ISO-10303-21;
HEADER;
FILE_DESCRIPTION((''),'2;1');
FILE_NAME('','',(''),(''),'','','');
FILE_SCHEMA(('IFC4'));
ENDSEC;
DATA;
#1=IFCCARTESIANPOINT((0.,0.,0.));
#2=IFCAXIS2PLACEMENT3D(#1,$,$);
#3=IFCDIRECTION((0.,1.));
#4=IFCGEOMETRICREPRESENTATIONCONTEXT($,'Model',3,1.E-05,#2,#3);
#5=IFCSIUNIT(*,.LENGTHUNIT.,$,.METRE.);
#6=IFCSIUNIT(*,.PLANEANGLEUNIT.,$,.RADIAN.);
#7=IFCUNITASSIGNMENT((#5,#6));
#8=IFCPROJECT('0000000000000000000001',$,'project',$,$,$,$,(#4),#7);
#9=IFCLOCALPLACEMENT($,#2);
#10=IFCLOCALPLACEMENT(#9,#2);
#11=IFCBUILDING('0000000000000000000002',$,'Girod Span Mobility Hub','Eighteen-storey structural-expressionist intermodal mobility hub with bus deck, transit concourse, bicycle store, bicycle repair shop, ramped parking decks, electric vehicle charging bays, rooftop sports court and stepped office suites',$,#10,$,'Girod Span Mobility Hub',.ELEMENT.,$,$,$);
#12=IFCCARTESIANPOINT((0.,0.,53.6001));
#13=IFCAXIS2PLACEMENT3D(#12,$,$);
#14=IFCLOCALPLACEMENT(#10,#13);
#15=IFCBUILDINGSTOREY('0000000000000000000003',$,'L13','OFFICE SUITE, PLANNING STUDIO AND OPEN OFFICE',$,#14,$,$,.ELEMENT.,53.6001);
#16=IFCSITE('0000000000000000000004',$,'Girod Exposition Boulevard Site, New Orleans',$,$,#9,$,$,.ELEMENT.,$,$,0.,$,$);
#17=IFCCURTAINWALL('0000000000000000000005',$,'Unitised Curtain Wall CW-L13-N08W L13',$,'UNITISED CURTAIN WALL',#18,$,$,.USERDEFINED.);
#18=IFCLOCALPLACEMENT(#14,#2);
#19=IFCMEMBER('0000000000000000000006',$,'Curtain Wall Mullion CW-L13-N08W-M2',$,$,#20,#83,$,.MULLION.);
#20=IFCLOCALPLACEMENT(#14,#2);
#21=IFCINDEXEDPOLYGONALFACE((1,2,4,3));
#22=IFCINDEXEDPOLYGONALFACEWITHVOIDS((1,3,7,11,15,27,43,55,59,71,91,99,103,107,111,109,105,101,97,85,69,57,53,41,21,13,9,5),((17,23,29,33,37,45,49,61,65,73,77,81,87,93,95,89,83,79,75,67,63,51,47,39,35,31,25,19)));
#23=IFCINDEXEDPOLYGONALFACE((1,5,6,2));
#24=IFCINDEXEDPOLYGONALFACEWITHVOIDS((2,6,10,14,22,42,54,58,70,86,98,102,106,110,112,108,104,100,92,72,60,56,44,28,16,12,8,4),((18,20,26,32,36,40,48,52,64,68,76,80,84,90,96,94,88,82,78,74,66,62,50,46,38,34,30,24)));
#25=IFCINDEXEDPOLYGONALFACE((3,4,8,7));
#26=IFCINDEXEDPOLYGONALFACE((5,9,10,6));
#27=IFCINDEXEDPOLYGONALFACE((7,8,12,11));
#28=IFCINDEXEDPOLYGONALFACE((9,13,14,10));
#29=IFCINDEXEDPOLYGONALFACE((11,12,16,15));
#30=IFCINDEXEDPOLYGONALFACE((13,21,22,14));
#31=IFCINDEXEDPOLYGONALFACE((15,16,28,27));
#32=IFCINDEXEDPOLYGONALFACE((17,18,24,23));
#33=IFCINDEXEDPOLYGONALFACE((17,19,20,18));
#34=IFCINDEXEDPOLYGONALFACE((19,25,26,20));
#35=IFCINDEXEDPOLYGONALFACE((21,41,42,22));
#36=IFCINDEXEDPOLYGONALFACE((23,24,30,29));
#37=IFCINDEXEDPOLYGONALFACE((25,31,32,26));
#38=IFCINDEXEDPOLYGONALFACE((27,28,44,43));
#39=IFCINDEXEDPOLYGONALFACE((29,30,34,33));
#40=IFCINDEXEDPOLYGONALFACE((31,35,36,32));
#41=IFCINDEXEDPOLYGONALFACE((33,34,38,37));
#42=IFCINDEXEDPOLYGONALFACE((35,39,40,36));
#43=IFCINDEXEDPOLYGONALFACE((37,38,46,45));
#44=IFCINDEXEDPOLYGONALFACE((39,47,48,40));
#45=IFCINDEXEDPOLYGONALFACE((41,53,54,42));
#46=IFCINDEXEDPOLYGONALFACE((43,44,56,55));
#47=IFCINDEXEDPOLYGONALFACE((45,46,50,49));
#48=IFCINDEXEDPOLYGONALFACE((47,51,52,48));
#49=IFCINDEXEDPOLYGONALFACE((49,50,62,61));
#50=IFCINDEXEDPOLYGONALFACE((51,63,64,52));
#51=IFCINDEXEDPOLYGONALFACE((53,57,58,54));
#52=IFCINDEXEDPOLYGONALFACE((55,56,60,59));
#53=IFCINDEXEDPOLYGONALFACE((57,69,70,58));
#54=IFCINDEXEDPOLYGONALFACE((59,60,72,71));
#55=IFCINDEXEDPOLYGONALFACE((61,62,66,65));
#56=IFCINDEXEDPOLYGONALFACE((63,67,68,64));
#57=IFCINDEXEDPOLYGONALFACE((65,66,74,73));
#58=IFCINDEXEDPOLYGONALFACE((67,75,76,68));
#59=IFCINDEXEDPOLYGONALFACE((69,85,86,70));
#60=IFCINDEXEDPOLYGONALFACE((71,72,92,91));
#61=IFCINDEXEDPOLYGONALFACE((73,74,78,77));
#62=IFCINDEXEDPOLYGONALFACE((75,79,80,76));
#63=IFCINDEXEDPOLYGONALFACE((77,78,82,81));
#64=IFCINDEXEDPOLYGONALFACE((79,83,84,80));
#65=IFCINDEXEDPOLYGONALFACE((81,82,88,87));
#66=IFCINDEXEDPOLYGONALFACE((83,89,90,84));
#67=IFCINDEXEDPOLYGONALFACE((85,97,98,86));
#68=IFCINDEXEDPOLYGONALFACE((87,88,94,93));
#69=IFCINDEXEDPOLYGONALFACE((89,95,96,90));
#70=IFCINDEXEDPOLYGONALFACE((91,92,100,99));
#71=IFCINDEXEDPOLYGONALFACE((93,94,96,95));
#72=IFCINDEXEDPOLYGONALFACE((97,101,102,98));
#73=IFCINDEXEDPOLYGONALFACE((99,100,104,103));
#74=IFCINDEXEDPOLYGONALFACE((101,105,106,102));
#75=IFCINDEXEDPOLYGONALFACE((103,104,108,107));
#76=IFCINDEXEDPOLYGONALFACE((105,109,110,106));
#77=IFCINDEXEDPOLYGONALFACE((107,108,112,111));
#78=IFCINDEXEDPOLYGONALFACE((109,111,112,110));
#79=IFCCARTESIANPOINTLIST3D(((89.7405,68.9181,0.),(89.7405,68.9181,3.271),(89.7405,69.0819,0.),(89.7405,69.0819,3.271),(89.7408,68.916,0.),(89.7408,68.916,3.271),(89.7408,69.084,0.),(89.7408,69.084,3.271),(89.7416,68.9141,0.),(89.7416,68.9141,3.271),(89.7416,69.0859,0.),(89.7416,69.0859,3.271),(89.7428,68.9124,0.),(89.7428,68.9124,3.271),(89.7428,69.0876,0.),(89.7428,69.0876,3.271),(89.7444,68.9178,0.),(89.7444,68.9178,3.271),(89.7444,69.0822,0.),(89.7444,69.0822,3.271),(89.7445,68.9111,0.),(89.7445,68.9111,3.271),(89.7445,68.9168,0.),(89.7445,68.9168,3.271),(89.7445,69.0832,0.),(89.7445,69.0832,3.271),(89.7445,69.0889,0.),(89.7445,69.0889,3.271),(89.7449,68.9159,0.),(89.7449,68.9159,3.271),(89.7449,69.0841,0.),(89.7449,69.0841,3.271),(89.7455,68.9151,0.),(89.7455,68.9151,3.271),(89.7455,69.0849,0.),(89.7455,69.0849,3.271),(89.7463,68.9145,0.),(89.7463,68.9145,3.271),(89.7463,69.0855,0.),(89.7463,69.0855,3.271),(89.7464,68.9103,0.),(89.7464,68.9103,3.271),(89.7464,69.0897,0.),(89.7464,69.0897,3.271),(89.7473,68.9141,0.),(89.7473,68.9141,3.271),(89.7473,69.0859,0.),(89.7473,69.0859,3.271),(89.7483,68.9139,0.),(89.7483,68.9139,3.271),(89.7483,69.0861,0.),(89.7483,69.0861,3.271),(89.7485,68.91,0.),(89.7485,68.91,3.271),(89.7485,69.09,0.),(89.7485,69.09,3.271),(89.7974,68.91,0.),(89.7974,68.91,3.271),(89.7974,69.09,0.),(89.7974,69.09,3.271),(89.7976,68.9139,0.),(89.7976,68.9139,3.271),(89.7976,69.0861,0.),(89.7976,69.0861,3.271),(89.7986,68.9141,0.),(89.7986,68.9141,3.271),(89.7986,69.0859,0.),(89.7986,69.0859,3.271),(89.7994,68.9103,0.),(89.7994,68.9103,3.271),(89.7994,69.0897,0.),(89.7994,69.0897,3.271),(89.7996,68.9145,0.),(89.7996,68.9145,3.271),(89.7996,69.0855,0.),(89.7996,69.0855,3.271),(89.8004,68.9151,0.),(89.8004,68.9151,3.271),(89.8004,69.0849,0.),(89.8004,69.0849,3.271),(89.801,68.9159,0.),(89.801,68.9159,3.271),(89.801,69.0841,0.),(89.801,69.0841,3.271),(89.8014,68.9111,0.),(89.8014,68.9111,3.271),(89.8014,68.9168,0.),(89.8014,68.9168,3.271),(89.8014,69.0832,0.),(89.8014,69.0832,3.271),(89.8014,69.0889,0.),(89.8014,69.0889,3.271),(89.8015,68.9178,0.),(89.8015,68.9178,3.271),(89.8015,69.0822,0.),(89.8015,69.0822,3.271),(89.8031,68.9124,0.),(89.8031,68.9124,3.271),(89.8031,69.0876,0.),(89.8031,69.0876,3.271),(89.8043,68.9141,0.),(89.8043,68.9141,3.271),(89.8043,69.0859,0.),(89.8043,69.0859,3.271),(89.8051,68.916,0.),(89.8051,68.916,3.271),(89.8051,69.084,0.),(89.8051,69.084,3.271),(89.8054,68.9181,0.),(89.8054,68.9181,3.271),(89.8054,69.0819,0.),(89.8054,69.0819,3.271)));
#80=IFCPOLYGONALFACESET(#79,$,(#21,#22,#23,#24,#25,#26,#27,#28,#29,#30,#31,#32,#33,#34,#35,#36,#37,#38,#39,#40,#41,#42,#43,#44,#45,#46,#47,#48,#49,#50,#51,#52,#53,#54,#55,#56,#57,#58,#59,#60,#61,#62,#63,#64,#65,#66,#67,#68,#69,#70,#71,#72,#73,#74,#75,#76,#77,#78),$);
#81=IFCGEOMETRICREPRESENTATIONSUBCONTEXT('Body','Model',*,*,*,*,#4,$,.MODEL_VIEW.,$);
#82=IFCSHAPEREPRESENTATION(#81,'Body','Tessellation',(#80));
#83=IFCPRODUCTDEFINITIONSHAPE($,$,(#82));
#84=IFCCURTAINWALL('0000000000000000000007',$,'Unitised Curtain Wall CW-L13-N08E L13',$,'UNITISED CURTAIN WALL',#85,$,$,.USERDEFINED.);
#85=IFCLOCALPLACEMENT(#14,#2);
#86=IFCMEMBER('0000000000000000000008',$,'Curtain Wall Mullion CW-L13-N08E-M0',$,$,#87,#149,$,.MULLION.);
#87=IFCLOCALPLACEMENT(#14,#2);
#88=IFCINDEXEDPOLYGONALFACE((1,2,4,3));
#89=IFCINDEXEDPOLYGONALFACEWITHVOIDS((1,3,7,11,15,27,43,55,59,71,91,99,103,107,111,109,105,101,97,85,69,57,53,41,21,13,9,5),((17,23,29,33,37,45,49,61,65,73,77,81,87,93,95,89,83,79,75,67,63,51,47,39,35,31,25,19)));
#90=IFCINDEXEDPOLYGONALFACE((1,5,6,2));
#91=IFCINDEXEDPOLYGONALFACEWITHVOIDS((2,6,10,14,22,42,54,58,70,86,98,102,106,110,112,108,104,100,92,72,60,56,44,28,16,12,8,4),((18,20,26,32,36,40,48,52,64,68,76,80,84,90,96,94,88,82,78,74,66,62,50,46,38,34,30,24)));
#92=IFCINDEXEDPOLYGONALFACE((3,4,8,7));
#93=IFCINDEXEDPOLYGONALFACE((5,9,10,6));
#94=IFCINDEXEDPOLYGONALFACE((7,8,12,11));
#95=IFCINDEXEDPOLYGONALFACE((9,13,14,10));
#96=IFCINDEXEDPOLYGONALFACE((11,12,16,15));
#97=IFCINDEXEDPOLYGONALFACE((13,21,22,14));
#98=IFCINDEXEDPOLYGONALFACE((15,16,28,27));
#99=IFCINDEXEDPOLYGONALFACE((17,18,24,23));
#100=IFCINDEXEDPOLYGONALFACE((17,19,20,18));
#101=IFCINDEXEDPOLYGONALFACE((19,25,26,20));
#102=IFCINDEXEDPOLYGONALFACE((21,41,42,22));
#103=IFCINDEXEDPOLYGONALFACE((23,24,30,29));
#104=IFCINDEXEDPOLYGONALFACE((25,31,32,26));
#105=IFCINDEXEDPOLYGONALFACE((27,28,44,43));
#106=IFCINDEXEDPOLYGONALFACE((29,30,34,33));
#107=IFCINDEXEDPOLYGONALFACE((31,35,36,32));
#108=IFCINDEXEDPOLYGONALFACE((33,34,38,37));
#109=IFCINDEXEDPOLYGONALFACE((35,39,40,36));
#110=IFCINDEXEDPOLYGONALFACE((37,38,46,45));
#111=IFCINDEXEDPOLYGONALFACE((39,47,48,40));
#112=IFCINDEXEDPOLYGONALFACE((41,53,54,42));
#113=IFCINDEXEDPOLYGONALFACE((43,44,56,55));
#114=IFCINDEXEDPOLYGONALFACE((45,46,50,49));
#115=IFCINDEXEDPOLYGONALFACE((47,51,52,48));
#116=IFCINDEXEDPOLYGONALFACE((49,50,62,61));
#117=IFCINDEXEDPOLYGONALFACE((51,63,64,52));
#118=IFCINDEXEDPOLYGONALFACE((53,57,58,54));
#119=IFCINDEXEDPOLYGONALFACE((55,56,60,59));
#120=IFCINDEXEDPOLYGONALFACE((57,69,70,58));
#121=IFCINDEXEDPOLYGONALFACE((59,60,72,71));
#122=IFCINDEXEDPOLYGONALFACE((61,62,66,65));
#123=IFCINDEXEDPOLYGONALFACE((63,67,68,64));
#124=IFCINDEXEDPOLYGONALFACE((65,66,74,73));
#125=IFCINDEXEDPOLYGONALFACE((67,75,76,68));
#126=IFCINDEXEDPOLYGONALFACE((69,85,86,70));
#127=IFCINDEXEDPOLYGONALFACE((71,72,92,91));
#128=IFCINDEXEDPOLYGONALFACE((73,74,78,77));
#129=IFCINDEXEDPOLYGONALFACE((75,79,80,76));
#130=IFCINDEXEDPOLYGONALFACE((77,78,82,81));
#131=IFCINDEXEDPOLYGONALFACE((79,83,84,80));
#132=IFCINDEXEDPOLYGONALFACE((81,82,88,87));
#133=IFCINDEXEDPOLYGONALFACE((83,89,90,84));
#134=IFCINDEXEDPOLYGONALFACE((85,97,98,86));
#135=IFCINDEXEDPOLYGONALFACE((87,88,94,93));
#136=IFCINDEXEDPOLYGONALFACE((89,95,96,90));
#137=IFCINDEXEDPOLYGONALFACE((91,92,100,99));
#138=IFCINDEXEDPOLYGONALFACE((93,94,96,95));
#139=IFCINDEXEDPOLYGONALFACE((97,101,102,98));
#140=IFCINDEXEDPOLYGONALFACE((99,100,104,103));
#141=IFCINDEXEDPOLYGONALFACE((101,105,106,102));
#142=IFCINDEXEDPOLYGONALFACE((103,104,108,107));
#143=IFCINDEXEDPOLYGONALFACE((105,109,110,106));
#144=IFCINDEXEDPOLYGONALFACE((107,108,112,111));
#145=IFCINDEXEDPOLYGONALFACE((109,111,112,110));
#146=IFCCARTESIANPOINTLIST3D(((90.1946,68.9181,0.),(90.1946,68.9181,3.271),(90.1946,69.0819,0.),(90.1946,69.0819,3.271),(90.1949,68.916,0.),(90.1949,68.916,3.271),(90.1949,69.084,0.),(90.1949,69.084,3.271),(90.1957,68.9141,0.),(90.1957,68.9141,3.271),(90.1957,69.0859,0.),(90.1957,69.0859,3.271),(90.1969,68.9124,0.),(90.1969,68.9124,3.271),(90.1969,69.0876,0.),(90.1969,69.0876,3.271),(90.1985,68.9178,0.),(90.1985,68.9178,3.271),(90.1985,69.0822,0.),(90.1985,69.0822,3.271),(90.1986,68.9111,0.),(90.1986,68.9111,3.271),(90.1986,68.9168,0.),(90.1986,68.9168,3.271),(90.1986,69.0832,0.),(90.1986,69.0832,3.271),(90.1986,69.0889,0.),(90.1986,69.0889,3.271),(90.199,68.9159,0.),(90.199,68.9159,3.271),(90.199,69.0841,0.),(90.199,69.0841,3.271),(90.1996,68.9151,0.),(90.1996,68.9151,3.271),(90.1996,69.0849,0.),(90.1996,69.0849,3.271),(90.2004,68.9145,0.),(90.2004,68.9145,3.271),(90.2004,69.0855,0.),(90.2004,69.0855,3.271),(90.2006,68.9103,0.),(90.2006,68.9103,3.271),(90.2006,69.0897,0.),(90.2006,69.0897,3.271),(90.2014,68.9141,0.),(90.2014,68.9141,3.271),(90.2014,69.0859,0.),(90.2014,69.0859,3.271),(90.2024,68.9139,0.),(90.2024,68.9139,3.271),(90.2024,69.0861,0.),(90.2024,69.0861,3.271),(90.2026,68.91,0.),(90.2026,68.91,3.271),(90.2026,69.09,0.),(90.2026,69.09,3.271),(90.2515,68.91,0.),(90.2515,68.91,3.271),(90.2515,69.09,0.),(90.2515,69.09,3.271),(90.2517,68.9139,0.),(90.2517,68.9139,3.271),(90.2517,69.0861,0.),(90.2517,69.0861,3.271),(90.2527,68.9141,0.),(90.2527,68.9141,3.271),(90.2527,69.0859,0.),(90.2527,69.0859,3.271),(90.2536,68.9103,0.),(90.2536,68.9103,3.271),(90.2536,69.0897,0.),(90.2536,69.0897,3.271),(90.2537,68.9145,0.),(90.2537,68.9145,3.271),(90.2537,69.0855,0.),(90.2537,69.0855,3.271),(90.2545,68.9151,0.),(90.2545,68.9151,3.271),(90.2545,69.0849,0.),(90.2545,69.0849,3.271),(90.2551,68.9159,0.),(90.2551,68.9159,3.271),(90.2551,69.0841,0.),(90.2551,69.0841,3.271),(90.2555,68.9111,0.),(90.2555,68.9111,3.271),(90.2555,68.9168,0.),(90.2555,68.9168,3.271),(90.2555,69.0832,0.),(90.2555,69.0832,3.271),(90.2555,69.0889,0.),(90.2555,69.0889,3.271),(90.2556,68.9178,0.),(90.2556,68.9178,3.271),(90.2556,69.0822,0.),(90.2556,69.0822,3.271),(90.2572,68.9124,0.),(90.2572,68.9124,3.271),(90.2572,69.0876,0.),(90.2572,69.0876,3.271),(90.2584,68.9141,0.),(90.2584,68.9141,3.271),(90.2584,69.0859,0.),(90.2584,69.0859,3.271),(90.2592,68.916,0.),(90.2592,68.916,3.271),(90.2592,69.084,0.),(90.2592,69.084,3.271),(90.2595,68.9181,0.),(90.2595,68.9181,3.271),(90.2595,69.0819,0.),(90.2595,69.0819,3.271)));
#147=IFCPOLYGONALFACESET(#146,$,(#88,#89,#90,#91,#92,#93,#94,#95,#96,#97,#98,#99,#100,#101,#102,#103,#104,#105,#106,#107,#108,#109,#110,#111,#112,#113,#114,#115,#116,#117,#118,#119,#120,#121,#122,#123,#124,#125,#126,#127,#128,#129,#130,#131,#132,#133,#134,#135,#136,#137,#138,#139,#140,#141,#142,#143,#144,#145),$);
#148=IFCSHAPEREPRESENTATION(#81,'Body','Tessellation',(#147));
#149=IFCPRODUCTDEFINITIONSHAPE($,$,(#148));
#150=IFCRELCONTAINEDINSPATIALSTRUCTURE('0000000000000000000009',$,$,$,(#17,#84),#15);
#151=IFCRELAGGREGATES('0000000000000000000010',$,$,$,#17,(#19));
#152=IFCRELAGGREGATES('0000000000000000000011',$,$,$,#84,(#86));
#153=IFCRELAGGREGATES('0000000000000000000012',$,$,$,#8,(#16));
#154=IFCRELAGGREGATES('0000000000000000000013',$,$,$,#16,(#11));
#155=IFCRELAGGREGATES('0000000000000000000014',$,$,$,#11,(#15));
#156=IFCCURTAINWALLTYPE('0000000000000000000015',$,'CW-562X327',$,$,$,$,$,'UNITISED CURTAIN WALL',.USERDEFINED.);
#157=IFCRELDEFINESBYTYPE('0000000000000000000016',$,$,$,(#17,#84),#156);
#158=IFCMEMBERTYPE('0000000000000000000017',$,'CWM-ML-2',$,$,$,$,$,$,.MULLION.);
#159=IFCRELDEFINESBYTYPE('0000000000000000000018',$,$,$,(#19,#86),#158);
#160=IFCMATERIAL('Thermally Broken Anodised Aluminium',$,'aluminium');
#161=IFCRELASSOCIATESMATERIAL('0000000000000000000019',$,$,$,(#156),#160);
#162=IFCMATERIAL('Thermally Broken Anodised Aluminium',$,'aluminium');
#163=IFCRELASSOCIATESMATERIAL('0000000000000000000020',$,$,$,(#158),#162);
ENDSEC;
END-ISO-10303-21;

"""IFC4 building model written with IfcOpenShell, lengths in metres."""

from ifc_helpers import new_model, si_unit, direction, frame, origin, origin_2d, place, context, subcontext, project, spatial, hollow_rectangle, extrude, material, material_profile, profile_set, type_object, element, aggregate, save


model = new_model("IFC4")

# Units and contexts
model_context = context("Model", 3, precision=1e-05, world=origin(), true_north=direction((0.0, 1.0)))
body_context = subcontext(model_context, "Body", "Model", "MODEL_VIEW")
ifc_project = project(units=[si_unit("LENGTHUNIT", "METRE"), si_unit("PLANEANGLEUNIT", "RADIAN")], contexts=[model_context])

# Site, building, storey
site_placement = place(None, origin())
site = spatial("IfcSite", under=ifc_project, at=site_placement, Name="Girod Exposition Boulevard Site, New Orleans", CompositionType="ELEMENT", RefElevation=0.0)
building_placement = place(site_placement, origin())
building = spatial("IfcBuilding", under=site, at=building_placement, Name="Girod Span Mobility Hub", Description="Eighteen-storey structural-expressionist intermodal mobility hub with bus deck, transit concourse, bicycle store, bicycle repair shop, ramped parking decks, electric vehicle charging bays, rooftop sports court and stepped office suites", LongName="Girod Span Mobility Hub", CompositionType="ELEMENT")
storey_placement = place(building_placement, frame((0.0, 0.0, 53.6001)))
storey = spatial("IfcBuildingStorey", under=building, at=storey_placement, Name="L13", Description="OFFICE SUITE, PLANNING STUDIO AND OPEN OFFICE", CompositionType="ELEMENT", Elevation=53.6001)

# Curtain wall, member
ifc_material_1 = material(Name="Thermally Broken Anodised Aluminium", Category="aluminium")
curtain_wall_type = type_object("IfcCurtainWallType", Name="CW-562X327", ElementType="UNITISED CURTAIN WALL", PredefinedType="USERDEFINED", material=ifc_material_1)
ifc_material_2 = material(Name="Thermally Broken Anodised Aluminium", Category="aluminium")
ifc_material_profile_1 = material_profile(ifc_material_2, hollow_rectangle(XDim=0.1799, YDim=0.0649, WallThickness=0.0039, InnerFilletRadius=0.0039, OuterFilletRadius=0.0081, at=origin_2d()), Name="CW-ML-65X180")
ifc_profile_set_1 = profile_set([ifc_material_profile_1], Name="Thermally Broken Anodised Aluminium")
member_type_1 = type_object("IfcMemberType", Name="CWM-ML-2", PredefinedType="MULLION", material=ifc_profile_set_1)
curtain_wall_1_placement = place(storey_placement, origin())
curtain_wall_1 = element("IfcCurtainWall", 1, at=curtain_wall_1_placement, inside=storey, type_object=curtain_wall_type, Name="Unitised Curtain Wall CW-L13-N08W L13", ObjectType="UNITISED CURTAIN WALL", PredefinedType="USERDEFINED")
member_1_placement = place(storey_placement, frame((89.7729, 69.0, 0.0), z_axis=(0.0, 0.0, 1.0), x_axis=(0.0, 1.0, 0.0)))
member_1 = element("IfcMember", 2, at=member_1_placement, type_object=member_type_1, Name="Curtain Wall Mullion CW-L13-N08W-M2", PredefinedType="MULLION", context=body_context, shape_type="SweptSolid", body=[
    extrude(hollow_rectangle(XDim=0.1799, YDim=0.0649, WallThickness=0.0039, InnerFilletRadius=0.0039, OuterFilletRadius=0.0081, at=origin_2d()), origin(), (0.0, 0.0, 1.0), 3.271),
])

# Curtain wall, member
curtain_wall_2_placement = place(storey_placement, origin())
curtain_wall_2 = element("IfcCurtainWall", 3, at=curtain_wall_2_placement, inside=storey, type_object=curtain_wall_type, Name="Unitised Curtain Wall CW-L13-N08E L13", ObjectType="UNITISED CURTAIN WALL", PredefinedType="USERDEFINED")
member_2_placement = place(storey_placement, frame((90.2271, 69.0, 0.0), z_axis=(0.0, 0.0, 1.0), x_axis=(0.0, 1.0, 0.0)))
member_2 = element("IfcMember", 4, at=member_2_placement, type_object=member_type_1, Name="Curtain Wall Mullion CW-L13-N08E-M0", PredefinedType="MULLION", context=body_context, shape_type="SweptSolid", body=[
    extrude(hollow_rectangle(XDim=0.1799, YDim=0.0649, WallThickness=0.0039, InnerFilletRadius=0.0039, OuterFilletRadius=0.0081, at=origin_2d()), origin(), (0.0, 0.0, 1.0), 3.271),
])

aggregate(curtain_wall_1, [member_1])
aggregate(curtain_wall_2, [member_2])

save(model, "model.ifc")
